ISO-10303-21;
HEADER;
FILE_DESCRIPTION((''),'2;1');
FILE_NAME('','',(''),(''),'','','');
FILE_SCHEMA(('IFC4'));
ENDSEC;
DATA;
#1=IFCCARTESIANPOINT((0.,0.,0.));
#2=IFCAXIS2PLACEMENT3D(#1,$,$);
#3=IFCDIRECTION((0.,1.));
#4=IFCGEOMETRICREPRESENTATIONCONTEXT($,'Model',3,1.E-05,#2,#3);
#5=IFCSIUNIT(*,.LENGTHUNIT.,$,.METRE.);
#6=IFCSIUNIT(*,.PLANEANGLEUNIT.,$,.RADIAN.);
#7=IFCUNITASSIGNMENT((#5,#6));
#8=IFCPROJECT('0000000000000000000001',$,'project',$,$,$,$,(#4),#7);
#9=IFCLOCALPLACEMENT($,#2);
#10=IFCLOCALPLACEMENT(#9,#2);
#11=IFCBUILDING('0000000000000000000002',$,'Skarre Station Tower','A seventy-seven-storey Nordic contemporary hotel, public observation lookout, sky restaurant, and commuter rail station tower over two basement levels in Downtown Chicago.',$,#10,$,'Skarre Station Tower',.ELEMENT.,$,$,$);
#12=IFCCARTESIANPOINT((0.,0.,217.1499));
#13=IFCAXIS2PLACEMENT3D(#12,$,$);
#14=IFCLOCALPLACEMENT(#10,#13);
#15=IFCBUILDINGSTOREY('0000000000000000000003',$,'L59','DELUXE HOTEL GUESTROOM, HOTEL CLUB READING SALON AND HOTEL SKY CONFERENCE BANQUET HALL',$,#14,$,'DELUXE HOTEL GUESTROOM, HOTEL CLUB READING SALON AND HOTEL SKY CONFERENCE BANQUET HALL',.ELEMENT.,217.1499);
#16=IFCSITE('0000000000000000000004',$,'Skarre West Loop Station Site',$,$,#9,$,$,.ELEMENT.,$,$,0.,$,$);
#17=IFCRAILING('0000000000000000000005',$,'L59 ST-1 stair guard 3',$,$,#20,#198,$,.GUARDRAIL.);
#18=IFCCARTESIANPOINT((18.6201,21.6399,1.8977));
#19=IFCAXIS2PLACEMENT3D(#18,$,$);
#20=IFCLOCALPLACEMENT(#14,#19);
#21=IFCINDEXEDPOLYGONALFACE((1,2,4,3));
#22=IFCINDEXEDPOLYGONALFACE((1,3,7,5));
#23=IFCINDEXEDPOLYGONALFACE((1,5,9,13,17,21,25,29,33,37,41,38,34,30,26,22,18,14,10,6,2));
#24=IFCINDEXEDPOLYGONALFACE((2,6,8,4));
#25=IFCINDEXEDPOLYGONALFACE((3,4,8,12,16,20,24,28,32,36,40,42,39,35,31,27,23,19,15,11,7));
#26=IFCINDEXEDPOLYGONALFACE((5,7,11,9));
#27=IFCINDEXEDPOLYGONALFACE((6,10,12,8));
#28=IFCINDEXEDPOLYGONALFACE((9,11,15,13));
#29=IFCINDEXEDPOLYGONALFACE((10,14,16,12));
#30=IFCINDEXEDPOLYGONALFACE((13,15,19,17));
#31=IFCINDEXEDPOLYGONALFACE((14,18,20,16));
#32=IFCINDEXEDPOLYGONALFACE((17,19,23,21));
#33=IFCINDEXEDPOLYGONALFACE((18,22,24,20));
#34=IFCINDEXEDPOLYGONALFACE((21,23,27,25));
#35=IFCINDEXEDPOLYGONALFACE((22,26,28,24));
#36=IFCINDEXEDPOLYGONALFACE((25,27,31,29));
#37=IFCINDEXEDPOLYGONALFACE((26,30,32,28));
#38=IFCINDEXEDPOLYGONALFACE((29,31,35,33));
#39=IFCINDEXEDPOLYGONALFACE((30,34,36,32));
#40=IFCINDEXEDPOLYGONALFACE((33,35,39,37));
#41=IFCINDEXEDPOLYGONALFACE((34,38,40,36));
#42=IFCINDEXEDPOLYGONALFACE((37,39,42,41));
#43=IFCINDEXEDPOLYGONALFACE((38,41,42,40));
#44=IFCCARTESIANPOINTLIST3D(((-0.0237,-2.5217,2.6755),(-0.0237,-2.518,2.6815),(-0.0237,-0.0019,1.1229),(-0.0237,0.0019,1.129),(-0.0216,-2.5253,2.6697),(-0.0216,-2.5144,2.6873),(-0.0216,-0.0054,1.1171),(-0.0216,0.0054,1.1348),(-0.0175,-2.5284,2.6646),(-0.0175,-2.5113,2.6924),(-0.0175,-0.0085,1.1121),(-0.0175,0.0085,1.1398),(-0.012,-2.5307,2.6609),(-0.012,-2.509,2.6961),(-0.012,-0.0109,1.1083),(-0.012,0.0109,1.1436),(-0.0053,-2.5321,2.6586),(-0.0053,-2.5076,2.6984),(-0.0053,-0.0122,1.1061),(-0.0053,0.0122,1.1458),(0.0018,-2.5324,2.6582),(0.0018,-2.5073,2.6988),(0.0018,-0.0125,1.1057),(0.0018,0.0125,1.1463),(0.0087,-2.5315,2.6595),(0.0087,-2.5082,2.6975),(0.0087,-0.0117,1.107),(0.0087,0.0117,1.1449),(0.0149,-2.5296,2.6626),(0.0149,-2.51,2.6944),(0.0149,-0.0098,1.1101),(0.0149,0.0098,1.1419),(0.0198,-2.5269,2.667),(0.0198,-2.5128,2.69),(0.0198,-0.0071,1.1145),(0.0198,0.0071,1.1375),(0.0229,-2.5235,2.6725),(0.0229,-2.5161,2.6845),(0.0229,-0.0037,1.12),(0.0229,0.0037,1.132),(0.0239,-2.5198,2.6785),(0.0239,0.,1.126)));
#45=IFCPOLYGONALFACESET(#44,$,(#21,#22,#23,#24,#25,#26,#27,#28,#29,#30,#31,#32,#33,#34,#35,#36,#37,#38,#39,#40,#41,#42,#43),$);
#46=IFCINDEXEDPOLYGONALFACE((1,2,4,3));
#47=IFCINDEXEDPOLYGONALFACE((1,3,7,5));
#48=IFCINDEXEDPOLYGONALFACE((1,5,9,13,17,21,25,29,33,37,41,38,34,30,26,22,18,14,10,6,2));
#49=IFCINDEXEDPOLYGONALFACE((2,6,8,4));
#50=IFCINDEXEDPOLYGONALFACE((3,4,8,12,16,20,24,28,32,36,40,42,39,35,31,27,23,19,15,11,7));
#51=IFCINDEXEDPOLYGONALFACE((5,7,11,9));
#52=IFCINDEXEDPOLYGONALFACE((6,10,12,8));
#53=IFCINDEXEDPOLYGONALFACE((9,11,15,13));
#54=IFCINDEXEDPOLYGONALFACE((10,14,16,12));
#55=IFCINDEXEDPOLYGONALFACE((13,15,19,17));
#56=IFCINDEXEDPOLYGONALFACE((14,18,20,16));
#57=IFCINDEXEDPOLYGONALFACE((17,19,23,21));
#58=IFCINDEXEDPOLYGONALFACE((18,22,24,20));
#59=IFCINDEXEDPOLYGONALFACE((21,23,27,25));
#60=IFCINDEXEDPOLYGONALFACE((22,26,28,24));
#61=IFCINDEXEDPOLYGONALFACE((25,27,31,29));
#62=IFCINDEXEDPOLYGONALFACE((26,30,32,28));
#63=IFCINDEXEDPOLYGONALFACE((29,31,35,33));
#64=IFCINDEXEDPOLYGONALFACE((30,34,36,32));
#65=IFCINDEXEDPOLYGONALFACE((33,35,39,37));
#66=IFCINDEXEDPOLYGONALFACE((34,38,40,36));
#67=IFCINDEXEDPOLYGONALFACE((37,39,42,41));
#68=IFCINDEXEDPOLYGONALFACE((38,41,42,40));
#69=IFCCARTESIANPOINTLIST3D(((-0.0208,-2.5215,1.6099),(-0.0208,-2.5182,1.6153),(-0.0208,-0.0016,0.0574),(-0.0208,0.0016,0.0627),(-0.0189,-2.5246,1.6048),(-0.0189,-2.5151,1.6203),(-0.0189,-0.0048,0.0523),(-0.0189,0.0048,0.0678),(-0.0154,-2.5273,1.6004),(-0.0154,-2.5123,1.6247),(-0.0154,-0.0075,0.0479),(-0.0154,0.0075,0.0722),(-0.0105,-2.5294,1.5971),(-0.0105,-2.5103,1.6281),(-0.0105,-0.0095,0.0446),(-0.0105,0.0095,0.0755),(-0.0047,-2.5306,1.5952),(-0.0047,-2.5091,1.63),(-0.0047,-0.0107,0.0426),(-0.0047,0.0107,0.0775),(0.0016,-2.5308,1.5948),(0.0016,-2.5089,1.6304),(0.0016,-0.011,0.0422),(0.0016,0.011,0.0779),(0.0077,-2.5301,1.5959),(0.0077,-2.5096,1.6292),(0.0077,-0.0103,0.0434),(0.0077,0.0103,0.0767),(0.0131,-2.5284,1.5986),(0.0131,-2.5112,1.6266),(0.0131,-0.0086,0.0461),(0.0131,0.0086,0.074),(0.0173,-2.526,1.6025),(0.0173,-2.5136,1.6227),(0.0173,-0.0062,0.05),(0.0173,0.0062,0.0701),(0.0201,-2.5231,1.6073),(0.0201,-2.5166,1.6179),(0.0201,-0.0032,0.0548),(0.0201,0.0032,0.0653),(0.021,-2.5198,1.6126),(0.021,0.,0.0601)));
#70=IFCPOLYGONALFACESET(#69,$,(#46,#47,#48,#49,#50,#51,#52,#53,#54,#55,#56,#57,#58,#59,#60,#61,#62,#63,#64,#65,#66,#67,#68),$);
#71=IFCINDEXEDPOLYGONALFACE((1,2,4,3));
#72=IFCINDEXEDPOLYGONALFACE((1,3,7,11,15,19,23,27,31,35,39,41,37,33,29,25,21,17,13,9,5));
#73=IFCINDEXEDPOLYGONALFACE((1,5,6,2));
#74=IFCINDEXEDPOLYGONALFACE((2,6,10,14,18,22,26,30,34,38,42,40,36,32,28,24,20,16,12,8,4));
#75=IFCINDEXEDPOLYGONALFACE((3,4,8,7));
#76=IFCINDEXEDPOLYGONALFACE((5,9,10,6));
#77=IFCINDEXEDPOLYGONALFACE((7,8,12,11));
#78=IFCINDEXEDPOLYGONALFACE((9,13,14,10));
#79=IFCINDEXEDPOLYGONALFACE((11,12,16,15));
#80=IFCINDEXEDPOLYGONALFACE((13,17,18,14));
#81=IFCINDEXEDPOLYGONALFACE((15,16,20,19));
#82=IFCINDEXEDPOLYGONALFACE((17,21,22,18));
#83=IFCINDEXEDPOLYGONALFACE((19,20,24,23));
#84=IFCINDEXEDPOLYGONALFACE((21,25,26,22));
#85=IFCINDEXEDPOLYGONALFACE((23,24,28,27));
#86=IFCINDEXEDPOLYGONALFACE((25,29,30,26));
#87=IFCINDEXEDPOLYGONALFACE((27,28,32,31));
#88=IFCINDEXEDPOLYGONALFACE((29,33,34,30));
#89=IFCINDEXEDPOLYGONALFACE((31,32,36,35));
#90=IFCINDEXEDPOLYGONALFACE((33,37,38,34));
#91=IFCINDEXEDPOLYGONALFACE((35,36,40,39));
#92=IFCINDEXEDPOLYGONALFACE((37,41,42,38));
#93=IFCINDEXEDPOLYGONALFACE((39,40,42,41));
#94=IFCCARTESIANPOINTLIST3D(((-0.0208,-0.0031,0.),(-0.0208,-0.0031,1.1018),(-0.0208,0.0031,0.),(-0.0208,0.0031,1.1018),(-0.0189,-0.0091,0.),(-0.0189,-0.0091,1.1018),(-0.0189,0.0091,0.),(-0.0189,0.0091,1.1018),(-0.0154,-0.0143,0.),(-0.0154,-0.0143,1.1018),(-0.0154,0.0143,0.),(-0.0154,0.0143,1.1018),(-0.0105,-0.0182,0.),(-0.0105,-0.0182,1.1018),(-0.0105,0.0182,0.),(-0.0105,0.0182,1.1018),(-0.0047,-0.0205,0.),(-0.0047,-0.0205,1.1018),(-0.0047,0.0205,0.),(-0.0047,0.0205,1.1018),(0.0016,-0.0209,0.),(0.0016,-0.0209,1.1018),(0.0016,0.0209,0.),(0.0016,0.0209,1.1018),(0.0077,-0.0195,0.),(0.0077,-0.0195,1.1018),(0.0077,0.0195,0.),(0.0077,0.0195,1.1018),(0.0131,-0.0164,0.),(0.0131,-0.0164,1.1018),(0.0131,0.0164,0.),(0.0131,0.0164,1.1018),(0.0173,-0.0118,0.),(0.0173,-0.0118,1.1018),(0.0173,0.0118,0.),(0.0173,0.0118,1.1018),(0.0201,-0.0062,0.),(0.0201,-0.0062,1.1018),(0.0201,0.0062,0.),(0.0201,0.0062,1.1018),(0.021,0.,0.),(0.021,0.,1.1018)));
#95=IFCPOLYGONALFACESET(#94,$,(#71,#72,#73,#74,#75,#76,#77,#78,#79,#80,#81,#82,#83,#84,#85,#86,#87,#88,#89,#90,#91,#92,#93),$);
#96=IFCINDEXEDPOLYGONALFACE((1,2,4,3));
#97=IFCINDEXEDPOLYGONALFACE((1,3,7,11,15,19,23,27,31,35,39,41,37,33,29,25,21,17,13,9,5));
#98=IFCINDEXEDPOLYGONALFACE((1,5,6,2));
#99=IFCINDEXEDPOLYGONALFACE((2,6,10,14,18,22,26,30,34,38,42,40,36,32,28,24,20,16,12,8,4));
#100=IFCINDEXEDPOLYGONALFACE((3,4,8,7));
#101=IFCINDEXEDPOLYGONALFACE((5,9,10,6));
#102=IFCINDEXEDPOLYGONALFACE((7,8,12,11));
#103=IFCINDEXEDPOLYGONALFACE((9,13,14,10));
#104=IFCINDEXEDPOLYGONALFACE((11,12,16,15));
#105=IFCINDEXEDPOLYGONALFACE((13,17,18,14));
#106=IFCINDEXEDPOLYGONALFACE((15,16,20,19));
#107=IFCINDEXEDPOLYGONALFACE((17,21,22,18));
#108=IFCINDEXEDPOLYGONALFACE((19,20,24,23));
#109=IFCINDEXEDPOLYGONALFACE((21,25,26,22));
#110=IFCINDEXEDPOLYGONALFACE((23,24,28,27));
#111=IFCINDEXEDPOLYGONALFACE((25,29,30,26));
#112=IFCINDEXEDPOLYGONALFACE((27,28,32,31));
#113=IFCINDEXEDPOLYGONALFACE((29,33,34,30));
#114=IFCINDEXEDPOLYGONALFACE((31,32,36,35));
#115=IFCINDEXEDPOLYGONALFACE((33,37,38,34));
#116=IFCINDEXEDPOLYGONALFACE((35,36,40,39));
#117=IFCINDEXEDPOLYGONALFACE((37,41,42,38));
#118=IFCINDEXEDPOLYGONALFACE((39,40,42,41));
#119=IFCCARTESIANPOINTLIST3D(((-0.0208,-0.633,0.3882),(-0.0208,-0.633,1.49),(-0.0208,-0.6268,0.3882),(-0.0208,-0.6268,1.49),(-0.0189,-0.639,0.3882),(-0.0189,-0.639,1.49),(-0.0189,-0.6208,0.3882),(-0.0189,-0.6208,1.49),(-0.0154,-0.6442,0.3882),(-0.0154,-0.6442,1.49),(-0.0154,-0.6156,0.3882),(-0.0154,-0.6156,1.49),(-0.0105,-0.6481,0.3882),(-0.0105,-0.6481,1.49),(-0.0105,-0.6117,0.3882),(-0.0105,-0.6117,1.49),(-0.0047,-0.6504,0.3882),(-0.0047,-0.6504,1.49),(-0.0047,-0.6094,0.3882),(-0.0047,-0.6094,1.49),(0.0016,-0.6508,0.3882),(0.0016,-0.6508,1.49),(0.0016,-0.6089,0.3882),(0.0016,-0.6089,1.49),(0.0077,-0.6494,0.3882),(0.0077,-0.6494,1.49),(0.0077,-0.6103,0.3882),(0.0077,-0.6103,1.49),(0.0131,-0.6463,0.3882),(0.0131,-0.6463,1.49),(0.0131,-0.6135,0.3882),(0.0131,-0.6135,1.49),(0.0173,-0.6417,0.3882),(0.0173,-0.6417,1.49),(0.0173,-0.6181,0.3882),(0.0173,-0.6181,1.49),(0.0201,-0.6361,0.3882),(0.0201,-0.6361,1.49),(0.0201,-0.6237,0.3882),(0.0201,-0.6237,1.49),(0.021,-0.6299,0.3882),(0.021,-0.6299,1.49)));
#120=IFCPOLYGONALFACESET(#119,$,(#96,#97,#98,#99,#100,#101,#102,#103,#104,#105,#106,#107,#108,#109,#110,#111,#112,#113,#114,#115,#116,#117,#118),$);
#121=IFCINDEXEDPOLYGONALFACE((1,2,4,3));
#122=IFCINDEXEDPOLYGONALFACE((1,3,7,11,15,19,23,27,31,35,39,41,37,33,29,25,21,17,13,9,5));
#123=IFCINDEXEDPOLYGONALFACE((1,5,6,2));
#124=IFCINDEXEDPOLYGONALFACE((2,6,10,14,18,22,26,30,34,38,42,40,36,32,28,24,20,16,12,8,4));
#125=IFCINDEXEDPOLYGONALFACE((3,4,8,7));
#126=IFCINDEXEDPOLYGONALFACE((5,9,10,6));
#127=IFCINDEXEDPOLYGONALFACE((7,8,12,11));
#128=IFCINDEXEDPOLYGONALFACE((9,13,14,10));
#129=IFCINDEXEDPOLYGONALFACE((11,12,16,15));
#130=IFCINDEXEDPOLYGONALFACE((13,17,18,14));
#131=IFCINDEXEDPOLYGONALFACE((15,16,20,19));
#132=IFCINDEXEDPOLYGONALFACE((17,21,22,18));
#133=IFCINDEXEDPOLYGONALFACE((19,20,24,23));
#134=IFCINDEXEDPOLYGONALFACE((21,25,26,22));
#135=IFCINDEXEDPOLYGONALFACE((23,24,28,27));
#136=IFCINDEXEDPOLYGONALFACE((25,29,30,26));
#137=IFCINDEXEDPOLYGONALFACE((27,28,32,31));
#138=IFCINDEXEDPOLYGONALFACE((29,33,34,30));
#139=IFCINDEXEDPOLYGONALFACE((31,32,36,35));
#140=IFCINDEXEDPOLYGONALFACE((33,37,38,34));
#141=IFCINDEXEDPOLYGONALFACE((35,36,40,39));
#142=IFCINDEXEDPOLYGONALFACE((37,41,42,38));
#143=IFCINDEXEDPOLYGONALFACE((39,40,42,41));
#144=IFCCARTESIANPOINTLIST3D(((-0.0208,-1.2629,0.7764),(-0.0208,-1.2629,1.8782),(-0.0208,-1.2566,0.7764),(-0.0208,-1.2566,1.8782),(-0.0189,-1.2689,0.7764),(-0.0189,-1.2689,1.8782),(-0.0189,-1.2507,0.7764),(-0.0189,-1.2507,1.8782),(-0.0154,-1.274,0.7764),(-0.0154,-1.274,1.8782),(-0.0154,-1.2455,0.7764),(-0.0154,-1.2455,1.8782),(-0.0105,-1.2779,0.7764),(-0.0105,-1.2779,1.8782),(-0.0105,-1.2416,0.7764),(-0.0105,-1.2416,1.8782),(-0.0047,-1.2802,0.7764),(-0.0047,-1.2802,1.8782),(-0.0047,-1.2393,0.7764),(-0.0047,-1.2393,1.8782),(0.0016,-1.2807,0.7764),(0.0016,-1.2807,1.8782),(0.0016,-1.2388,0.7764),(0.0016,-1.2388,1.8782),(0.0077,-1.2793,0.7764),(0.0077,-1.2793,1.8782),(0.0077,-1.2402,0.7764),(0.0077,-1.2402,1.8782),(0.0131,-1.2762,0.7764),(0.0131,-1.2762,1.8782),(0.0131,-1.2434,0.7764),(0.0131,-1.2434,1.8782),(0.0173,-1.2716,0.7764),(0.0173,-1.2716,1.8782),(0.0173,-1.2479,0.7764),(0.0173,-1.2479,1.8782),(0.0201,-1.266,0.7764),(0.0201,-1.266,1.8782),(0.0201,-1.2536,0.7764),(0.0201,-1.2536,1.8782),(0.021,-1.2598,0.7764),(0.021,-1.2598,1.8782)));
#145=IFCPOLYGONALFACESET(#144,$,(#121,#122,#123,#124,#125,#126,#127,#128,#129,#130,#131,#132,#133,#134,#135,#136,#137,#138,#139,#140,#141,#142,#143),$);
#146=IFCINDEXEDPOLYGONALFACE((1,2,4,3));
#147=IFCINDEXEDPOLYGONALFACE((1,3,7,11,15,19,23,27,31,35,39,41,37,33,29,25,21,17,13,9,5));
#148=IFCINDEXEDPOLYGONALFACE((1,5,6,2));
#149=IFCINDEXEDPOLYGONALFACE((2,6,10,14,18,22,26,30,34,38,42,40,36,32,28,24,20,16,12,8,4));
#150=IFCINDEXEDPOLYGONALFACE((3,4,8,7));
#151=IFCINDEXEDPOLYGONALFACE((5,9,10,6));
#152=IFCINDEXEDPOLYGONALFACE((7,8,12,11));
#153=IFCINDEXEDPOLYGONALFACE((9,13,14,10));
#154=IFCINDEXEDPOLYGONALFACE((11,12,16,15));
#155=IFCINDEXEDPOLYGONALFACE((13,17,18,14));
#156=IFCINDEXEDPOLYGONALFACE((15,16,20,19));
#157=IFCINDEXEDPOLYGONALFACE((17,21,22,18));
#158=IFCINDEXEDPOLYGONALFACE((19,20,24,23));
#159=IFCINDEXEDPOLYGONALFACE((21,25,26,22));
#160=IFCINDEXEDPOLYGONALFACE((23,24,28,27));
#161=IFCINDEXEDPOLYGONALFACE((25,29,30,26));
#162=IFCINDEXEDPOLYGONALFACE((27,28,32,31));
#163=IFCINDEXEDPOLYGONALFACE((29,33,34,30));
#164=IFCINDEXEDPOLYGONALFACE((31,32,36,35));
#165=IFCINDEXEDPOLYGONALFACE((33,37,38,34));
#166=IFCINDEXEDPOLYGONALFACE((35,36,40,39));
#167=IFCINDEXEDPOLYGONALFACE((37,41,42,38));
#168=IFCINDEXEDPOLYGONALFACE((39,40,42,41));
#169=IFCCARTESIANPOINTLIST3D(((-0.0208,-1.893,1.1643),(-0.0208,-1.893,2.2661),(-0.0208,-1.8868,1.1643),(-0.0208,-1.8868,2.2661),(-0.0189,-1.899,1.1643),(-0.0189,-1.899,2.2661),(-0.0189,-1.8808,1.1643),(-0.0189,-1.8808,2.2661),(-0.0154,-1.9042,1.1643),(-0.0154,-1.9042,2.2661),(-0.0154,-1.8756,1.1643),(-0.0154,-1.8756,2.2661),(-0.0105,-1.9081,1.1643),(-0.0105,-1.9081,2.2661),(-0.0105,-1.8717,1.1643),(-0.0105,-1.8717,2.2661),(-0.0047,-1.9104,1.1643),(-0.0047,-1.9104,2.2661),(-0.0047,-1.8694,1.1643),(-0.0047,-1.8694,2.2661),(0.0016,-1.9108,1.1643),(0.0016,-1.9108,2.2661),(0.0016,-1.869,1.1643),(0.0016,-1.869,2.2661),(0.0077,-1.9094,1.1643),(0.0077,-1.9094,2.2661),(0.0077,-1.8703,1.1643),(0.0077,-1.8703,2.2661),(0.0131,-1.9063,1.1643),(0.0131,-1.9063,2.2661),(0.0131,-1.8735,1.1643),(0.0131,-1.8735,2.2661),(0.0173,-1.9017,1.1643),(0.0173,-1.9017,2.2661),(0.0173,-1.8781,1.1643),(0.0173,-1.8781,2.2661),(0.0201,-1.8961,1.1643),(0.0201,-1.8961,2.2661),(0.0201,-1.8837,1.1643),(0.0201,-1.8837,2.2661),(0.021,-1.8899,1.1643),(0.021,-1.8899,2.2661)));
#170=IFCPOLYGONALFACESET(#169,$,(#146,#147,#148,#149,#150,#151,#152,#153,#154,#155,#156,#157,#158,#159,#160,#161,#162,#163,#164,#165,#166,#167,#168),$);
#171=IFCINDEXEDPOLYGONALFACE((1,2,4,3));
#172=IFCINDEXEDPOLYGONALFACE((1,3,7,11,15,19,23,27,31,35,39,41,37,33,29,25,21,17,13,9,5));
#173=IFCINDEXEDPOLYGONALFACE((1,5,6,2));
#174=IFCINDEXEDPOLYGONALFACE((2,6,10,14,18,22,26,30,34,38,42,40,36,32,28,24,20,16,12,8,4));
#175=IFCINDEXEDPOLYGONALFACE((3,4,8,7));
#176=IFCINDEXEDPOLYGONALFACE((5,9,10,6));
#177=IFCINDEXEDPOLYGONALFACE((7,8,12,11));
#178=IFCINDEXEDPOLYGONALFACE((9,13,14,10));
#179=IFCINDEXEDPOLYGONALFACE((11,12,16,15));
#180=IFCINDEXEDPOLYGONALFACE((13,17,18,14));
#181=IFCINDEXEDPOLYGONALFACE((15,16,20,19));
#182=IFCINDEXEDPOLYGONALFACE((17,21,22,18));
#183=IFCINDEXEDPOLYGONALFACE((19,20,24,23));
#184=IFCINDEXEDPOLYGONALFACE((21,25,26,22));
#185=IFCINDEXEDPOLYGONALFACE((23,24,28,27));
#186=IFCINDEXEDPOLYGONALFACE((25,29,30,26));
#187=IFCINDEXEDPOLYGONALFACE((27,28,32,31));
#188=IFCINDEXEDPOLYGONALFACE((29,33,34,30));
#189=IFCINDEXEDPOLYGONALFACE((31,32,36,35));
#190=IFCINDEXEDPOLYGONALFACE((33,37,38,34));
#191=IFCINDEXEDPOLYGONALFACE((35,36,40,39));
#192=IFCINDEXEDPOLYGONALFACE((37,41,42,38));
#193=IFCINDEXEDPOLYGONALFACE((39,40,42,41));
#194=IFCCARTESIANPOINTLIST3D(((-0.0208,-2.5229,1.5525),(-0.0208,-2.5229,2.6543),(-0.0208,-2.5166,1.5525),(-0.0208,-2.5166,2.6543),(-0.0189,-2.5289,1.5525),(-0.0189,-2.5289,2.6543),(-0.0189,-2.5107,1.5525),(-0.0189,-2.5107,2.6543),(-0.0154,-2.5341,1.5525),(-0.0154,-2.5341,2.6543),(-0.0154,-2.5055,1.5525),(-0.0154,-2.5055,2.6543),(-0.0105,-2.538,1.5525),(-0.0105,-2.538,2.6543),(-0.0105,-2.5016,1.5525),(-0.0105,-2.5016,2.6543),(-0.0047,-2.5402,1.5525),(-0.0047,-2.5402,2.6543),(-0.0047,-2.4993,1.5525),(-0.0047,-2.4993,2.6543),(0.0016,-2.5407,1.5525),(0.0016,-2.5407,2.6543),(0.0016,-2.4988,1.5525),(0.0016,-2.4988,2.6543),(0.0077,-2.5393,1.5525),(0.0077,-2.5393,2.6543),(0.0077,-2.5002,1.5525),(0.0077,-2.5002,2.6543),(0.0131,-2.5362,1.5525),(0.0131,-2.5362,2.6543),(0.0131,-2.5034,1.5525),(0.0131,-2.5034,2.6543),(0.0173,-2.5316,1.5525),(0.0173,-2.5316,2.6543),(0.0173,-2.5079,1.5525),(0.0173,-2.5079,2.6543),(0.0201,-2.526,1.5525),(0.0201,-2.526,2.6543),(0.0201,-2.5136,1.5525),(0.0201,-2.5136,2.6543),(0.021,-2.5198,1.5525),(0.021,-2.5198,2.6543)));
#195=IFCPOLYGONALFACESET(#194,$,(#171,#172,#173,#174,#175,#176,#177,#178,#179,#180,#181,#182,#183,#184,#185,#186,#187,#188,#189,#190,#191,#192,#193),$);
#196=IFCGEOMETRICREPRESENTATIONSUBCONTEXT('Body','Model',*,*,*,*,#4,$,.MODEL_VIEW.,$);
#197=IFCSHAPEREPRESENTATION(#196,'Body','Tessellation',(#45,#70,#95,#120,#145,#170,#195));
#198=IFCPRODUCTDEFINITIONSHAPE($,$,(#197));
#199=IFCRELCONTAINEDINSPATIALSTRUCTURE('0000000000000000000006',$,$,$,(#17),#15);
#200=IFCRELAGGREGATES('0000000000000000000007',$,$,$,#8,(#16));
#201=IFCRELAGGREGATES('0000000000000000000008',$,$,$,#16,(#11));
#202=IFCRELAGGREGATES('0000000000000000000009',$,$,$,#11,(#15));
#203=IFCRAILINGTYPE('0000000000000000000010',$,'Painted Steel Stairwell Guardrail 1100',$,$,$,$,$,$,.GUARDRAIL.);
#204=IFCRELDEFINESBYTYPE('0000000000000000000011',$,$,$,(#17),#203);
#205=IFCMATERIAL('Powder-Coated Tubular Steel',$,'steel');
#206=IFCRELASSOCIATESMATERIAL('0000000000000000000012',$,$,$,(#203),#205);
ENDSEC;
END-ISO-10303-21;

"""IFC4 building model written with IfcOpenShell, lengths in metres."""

from ifc_helpers import new_model, si_unit, direction, frame, origin, origin_2d, place, context, subcontext, project, spatial, circle, extrude, material, type_object, element, save


model = new_model("IFC4")

# Units and contexts
model_context = context("Model", 3, precision=1e-05, world=origin(), true_north=direction((0.0, 1.0)))
body_context = subcontext(model_context, "Body", "Model", "MODEL_VIEW")
ifc_project = project(units=[si_unit("LENGTHUNIT", "METRE"), si_unit("PLANEANGLEUNIT", "RADIAN")], contexts=[model_context])

# Site, building, storey
site_placement = place(None, origin())
site = spatial("IfcSite", under=ifc_project, at=site_placement, Name="Skarre West Loop Station Site", CompositionType="ELEMENT", RefElevation=0.0)
building_placement = place(site_placement, origin())
building = spatial("IfcBuilding", under=site, at=building_placement, Name="Skarre Station Tower", Description="A seventy-seven-storey Nordic contemporary hotel, public observation lookout, sky restaurant, and commuter rail station tower over two basement levels in Downtown Chicago.", LongName="Skarre Station Tower", CompositionType="ELEMENT")
storey_placement = place(building_placement, frame((0.0, 0.0, 217.1499)))
storey = spatial("IfcBuildingStorey", under=building, at=storey_placement, Name="L59", Description="DELUXE HOTEL GUESTROOM, HOTEL CLUB READING SALON AND HOTEL SKY CONFERENCE BANQUET HALL", LongName="DELUXE HOTEL GUESTROOM, HOTEL CLUB READING SALON AND HOTEL SKY CONFERENCE BANQUET HALL", CompositionType="ELEMENT", Elevation=217.1499)

# Railing
ifc_material_1 = material(Name="Powder-Coated Tubular Steel", Category="steel")
railing_type_1 = type_object("IfcRailingType", Name="Painted Steel Stairwell Guardrail 1100", PredefinedType="GUARDRAIL", material=ifc_material_1)
railing_1_placement = place(storey_placement, frame((18.6201, 21.6399, 1.8977)))
element("IfcRailing", 1, at=railing_1_placement, inside=storey, type_object=railing_type_1, Name="L59 ST-1 stair guard 3", PredefinedType="GUARDRAIL", context=body_context, shape_type="SweptSolid", body=[
    extrude(circle(Radius=0.0239, at=origin_2d()), frame((0.0, 0.0, 1.126), z_axis=(0.0, -0.851378, 0.524553), x_axis=(1.0, 0.0, 0.0)), (0.0, 0.0, 1.0), 2.9597),
    extrude(circle(Radius=0.021, at=origin_2d()), frame((0.0, 0.0, 0.0601), z_axis=(0.0, -0.851378, 0.524553), x_axis=(1.0, 0.0, 0.0)), (0.0, 0.0, 1.0), 2.9597),
    extrude(circle(Radius=0.021, at=origin_2d()), origin(), (0.0, 0.0, 1.0), 1.1018),
    extrude(circle(Radius=0.021, at=origin_2d()), frame((0.0, -0.6299, 0.3882)), (0.0, 0.0, 1.0), 1.1018),
    extrude(circle(Radius=0.021, at=origin_2d()), frame((0.0, -1.2598, 0.7764)), (0.0, 0.0, 1.0), 1.1018),
    extrude(circle(Radius=0.021, at=origin_2d()), frame((0.0, -1.8899, 1.1643)), (0.0, 0.0, 1.0), 1.1018),
    extrude(circle(Radius=0.021, at=origin_2d()), frame((0.0, -2.5198, 1.5525)), (0.0, 0.0, 1.0), 1.1018),
])

save(model, "model.ifc")
